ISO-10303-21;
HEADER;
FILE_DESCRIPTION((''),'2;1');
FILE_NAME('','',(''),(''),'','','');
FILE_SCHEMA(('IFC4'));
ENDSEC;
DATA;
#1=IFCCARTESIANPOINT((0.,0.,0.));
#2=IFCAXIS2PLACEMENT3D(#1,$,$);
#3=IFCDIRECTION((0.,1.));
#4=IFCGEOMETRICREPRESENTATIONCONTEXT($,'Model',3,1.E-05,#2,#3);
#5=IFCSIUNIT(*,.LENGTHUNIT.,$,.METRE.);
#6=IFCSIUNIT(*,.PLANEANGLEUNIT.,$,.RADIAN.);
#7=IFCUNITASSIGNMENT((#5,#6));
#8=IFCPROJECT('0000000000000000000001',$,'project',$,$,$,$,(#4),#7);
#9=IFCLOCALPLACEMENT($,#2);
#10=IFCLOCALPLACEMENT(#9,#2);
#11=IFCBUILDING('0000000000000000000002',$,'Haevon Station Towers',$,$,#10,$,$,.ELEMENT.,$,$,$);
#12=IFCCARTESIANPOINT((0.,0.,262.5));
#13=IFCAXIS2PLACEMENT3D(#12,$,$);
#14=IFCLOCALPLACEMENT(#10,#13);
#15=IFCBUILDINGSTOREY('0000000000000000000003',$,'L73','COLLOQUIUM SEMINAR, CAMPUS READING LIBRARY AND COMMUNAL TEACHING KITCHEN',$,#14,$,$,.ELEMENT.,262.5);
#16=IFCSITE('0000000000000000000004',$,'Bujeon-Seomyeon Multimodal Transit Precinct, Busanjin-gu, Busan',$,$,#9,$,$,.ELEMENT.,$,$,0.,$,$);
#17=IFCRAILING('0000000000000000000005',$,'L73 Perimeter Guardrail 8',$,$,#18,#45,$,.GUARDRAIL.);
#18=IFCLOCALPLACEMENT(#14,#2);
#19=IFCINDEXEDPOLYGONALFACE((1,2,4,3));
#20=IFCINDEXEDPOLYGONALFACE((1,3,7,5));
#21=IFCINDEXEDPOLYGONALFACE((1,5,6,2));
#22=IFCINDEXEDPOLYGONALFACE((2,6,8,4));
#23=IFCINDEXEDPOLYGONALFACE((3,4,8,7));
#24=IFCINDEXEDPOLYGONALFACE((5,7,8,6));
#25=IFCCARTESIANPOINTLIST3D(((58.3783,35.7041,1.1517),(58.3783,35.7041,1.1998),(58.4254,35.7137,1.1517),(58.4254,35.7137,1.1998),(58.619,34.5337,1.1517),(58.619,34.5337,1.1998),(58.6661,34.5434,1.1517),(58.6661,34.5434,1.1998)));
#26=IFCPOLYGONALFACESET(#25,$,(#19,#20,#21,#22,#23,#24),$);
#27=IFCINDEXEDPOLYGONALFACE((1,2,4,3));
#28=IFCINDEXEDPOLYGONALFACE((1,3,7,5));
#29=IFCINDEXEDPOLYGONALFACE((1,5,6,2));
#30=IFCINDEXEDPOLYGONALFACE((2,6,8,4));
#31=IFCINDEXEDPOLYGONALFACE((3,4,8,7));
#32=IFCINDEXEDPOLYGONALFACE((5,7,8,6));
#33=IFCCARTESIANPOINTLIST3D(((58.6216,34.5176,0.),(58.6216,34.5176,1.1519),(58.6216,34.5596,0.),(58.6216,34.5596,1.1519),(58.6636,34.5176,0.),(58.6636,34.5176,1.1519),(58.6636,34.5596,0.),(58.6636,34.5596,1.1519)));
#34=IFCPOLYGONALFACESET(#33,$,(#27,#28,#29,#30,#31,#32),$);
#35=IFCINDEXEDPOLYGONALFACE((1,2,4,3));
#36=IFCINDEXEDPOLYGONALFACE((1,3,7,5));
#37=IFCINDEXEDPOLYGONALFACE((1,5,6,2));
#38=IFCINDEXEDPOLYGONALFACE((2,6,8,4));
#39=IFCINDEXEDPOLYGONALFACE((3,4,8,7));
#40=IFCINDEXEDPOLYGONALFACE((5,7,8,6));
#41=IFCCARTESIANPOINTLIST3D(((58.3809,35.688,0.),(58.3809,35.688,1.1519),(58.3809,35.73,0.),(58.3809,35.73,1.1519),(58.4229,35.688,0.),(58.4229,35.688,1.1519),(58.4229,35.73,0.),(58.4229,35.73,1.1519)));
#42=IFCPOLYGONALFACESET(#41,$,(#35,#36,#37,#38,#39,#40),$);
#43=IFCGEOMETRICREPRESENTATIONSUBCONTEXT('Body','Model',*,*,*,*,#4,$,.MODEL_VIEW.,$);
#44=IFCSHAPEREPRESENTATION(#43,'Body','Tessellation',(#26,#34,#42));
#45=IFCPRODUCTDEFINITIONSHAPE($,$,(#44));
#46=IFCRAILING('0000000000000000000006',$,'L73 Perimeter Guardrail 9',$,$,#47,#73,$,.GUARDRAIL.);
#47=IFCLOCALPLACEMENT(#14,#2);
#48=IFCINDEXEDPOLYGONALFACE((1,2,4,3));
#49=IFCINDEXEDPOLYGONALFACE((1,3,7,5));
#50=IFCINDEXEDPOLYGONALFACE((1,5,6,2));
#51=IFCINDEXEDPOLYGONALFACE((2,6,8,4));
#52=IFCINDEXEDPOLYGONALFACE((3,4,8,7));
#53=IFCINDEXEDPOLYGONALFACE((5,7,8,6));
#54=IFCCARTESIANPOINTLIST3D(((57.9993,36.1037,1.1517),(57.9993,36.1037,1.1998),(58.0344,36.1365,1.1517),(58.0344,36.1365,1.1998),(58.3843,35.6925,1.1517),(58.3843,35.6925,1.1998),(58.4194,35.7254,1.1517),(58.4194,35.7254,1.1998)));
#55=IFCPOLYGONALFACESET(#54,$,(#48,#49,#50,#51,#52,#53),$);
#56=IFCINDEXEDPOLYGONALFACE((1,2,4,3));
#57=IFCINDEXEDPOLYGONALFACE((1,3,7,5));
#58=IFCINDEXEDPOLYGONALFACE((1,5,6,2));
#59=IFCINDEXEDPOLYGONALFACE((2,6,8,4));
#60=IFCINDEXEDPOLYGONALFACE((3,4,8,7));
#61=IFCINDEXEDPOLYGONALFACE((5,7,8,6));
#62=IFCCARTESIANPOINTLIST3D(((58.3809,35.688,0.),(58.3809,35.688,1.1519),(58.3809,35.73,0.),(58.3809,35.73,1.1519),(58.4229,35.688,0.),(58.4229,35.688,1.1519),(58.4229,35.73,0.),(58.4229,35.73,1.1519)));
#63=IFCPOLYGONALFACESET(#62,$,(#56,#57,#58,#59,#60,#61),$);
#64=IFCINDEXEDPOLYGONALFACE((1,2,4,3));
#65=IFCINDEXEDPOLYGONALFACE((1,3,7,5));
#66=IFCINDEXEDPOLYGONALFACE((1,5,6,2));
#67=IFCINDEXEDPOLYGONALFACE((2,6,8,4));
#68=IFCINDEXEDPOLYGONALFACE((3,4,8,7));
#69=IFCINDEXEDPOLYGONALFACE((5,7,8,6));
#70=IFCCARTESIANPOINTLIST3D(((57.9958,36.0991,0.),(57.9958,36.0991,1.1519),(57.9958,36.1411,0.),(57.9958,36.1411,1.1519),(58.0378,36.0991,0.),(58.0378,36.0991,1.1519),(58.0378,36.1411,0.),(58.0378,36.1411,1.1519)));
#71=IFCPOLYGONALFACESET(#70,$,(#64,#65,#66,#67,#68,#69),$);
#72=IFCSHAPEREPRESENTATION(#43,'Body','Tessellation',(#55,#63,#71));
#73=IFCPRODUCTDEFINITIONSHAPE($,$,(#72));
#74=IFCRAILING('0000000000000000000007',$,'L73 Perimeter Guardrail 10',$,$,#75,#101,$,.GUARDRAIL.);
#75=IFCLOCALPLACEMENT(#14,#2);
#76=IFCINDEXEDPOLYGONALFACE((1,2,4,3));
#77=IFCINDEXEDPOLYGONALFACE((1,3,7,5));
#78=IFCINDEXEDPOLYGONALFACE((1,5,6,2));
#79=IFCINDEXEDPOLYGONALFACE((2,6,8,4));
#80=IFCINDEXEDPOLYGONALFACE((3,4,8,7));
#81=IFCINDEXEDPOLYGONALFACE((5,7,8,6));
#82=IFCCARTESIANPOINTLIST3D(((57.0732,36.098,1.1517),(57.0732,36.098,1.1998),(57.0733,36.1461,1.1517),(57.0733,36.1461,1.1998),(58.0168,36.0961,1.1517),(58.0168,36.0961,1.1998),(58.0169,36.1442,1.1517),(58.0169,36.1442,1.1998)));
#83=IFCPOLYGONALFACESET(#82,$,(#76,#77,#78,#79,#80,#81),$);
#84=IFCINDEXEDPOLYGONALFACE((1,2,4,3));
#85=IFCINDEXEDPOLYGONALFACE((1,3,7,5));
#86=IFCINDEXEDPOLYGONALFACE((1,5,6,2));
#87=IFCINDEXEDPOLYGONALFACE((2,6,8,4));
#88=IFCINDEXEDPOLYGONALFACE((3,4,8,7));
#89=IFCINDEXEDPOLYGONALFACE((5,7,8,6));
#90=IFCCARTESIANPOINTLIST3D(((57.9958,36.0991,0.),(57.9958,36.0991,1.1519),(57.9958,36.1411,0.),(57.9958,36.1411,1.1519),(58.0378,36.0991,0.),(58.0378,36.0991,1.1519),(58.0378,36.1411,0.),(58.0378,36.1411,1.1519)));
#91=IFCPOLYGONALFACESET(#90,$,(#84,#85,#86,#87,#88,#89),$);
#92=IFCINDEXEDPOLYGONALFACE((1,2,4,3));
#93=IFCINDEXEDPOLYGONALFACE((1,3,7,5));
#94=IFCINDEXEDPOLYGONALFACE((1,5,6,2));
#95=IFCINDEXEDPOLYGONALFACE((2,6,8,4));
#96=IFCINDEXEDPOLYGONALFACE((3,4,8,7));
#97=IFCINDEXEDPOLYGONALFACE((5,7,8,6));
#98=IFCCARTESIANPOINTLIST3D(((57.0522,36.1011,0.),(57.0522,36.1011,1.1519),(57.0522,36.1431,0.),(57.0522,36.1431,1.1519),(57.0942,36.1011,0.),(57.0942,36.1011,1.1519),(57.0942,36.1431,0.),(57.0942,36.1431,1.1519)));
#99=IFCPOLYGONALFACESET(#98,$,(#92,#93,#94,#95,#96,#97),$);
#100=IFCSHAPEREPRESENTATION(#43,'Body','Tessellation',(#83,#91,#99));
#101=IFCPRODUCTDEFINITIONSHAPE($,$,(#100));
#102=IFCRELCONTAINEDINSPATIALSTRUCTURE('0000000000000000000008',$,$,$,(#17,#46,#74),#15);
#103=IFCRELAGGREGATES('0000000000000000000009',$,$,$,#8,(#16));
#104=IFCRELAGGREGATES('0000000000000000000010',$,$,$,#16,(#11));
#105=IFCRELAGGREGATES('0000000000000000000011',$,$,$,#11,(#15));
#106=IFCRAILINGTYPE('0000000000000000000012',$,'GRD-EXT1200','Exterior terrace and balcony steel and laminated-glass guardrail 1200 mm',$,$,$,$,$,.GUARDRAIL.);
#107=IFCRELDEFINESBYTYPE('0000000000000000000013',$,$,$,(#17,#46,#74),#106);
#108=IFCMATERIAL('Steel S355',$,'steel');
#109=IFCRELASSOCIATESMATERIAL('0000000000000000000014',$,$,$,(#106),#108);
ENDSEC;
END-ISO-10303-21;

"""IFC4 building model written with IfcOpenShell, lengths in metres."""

from ifc_helpers import new_model, si_unit, direction, frame, origin, origin_2d, place, context, subcontext, project, spatial, rectangle, extrude, material, type_object, element, save


model = new_model("IFC4")

# Units and contexts
model_context = context("Model", 3, precision=1e-05, world=origin(), true_north=direction((0.0, 1.0)))
body_context = subcontext(model_context, "Body", "Model", "MODEL_VIEW")
ifc_project = project(units=[si_unit("LENGTHUNIT", "METRE"), si_unit("PLANEANGLEUNIT", "RADIAN")], contexts=[model_context])

# Site, building, storey
site_placement = place(None, origin())
site = spatial("IfcSite", under=ifc_project, at=site_placement, Name="Bujeon-Seomyeon Multimodal Transit Precinct, Busanjin-gu, Busan", CompositionType="ELEMENT", RefElevation=0.0)
building_placement = place(site_placement, origin())
building = spatial("IfcBuilding", under=site, at=building_placement, Name="Haevon Station Towers", CompositionType="ELEMENT")
storey_placement = place(building_placement, frame((0.0, 0.0, 262.5)))
storey = spatial("IfcBuildingStorey", under=building, at=storey_placement, Name="L73", Description="COLLOQUIUM SEMINAR, CAMPUS READING LIBRARY AND COMMUNAL TEACHING KITCHEN", CompositionType="ELEMENT", Elevation=262.5)

# Shared definitions
ifc_material_1 = material(Name="Steel S355", Category="steel")

# Railings
railing_type = type_object("IfcRailingType", Name="GRD-EXT1200", Description="Exterior terrace and balcony steel and laminated-glass guardrail 1200 mm", PredefinedType="GUARDRAIL", material=ifc_material_1)
railing_1_placement = place(storey_placement, frame((58.6426, 34.5386, 0.0)))
element("IfcRailing", 1, at=railing_1_placement, inside=storey, type_object=railing_type, Name="L73 Perimeter Guardrail 8", PredefinedType="GUARDRAIL", context=body_context, shape_type="SweptSolid", body=[
    extrude(rectangle(XDim=0.0481, YDim=0.0481, at=origin_2d()), frame((0.0, 0.0, 1.1758), z_axis=(-0.201457, 0.979497, 0.0), x_axis=(-0.979497, -0.201457, 0.0)), (0.0, 0.0, 1.0), 1.1948),
    extrude(rectangle(XDim=0.042, YDim=0.042, at=origin_2d()), origin(), (0.0, 0.0, 1.0), 1.1519),
    extrude(rectangle(XDim=0.042, YDim=0.042, at=origin_2d()), frame((-0.2407, 1.1704, 0.0)), (0.0, 0.0, 1.0), 1.1519),
])
railing_2_placement = place(storey_placement, frame((58.4019, 35.709, 0.0)))
element("IfcRailing", 2, at=railing_2_placement, inside=storey, type_object=railing_type, Name="L73 Perimeter Guardrail 9", PredefinedType="GUARDRAIL", context=body_context, shape_type="SweptSolid", body=[
    extrude(rectangle(XDim=0.0481, YDim=0.0481, at=origin_2d()), frame((0.0, 0.0, 1.1758), z_axis=(-0.683537, 0.729916, 0.0), x_axis=(-0.729916, -0.683537, 0.0)), (0.0, 0.0, 1.0), 0.5632),
    extrude(rectangle(XDim=0.042, YDim=0.042, at=origin_2d()), origin(), (0.0, 0.0, 1.0), 1.1519),
    extrude(rectangle(XDim=0.042, YDim=0.042, at=origin_2d()), frame((-0.385, 0.4111, 0.0)), (0.0, 0.0, 1.0), 1.1519),
])
railing_3_placement = place(storey_placement, frame((58.0168, 36.1201, 0.0)))
element("IfcRailing", 3, at=railing_3_placement, inside=storey, type_object=railing_type, Name="L73 Perimeter Guardrail 10", PredefinedType="GUARDRAIL", context=body_context, shape_type="SweptSolid", body=[
    extrude(rectangle(XDim=0.0481, YDim=0.0481, at=origin_2d()), frame((0.0, 0.0, 1.1758), z_axis=(-0.999998, 0.00207, 0.0), x_axis=(-0.00207, -0.999998, 0.0)), (0.0, 0.0, 1.0), 0.9436),
    extrude(rectangle(XDim=0.042, YDim=0.042, at=origin_2d()), origin(), (0.0, 0.0, 1.0), 1.1519),
    extrude(rectangle(XDim=0.042, YDim=0.042, at=origin_2d()), frame((-0.9436, 0.002, 0.0)), (0.0, 0.0, 1.0), 1.1519),
])

save(model, "model.ifc")
